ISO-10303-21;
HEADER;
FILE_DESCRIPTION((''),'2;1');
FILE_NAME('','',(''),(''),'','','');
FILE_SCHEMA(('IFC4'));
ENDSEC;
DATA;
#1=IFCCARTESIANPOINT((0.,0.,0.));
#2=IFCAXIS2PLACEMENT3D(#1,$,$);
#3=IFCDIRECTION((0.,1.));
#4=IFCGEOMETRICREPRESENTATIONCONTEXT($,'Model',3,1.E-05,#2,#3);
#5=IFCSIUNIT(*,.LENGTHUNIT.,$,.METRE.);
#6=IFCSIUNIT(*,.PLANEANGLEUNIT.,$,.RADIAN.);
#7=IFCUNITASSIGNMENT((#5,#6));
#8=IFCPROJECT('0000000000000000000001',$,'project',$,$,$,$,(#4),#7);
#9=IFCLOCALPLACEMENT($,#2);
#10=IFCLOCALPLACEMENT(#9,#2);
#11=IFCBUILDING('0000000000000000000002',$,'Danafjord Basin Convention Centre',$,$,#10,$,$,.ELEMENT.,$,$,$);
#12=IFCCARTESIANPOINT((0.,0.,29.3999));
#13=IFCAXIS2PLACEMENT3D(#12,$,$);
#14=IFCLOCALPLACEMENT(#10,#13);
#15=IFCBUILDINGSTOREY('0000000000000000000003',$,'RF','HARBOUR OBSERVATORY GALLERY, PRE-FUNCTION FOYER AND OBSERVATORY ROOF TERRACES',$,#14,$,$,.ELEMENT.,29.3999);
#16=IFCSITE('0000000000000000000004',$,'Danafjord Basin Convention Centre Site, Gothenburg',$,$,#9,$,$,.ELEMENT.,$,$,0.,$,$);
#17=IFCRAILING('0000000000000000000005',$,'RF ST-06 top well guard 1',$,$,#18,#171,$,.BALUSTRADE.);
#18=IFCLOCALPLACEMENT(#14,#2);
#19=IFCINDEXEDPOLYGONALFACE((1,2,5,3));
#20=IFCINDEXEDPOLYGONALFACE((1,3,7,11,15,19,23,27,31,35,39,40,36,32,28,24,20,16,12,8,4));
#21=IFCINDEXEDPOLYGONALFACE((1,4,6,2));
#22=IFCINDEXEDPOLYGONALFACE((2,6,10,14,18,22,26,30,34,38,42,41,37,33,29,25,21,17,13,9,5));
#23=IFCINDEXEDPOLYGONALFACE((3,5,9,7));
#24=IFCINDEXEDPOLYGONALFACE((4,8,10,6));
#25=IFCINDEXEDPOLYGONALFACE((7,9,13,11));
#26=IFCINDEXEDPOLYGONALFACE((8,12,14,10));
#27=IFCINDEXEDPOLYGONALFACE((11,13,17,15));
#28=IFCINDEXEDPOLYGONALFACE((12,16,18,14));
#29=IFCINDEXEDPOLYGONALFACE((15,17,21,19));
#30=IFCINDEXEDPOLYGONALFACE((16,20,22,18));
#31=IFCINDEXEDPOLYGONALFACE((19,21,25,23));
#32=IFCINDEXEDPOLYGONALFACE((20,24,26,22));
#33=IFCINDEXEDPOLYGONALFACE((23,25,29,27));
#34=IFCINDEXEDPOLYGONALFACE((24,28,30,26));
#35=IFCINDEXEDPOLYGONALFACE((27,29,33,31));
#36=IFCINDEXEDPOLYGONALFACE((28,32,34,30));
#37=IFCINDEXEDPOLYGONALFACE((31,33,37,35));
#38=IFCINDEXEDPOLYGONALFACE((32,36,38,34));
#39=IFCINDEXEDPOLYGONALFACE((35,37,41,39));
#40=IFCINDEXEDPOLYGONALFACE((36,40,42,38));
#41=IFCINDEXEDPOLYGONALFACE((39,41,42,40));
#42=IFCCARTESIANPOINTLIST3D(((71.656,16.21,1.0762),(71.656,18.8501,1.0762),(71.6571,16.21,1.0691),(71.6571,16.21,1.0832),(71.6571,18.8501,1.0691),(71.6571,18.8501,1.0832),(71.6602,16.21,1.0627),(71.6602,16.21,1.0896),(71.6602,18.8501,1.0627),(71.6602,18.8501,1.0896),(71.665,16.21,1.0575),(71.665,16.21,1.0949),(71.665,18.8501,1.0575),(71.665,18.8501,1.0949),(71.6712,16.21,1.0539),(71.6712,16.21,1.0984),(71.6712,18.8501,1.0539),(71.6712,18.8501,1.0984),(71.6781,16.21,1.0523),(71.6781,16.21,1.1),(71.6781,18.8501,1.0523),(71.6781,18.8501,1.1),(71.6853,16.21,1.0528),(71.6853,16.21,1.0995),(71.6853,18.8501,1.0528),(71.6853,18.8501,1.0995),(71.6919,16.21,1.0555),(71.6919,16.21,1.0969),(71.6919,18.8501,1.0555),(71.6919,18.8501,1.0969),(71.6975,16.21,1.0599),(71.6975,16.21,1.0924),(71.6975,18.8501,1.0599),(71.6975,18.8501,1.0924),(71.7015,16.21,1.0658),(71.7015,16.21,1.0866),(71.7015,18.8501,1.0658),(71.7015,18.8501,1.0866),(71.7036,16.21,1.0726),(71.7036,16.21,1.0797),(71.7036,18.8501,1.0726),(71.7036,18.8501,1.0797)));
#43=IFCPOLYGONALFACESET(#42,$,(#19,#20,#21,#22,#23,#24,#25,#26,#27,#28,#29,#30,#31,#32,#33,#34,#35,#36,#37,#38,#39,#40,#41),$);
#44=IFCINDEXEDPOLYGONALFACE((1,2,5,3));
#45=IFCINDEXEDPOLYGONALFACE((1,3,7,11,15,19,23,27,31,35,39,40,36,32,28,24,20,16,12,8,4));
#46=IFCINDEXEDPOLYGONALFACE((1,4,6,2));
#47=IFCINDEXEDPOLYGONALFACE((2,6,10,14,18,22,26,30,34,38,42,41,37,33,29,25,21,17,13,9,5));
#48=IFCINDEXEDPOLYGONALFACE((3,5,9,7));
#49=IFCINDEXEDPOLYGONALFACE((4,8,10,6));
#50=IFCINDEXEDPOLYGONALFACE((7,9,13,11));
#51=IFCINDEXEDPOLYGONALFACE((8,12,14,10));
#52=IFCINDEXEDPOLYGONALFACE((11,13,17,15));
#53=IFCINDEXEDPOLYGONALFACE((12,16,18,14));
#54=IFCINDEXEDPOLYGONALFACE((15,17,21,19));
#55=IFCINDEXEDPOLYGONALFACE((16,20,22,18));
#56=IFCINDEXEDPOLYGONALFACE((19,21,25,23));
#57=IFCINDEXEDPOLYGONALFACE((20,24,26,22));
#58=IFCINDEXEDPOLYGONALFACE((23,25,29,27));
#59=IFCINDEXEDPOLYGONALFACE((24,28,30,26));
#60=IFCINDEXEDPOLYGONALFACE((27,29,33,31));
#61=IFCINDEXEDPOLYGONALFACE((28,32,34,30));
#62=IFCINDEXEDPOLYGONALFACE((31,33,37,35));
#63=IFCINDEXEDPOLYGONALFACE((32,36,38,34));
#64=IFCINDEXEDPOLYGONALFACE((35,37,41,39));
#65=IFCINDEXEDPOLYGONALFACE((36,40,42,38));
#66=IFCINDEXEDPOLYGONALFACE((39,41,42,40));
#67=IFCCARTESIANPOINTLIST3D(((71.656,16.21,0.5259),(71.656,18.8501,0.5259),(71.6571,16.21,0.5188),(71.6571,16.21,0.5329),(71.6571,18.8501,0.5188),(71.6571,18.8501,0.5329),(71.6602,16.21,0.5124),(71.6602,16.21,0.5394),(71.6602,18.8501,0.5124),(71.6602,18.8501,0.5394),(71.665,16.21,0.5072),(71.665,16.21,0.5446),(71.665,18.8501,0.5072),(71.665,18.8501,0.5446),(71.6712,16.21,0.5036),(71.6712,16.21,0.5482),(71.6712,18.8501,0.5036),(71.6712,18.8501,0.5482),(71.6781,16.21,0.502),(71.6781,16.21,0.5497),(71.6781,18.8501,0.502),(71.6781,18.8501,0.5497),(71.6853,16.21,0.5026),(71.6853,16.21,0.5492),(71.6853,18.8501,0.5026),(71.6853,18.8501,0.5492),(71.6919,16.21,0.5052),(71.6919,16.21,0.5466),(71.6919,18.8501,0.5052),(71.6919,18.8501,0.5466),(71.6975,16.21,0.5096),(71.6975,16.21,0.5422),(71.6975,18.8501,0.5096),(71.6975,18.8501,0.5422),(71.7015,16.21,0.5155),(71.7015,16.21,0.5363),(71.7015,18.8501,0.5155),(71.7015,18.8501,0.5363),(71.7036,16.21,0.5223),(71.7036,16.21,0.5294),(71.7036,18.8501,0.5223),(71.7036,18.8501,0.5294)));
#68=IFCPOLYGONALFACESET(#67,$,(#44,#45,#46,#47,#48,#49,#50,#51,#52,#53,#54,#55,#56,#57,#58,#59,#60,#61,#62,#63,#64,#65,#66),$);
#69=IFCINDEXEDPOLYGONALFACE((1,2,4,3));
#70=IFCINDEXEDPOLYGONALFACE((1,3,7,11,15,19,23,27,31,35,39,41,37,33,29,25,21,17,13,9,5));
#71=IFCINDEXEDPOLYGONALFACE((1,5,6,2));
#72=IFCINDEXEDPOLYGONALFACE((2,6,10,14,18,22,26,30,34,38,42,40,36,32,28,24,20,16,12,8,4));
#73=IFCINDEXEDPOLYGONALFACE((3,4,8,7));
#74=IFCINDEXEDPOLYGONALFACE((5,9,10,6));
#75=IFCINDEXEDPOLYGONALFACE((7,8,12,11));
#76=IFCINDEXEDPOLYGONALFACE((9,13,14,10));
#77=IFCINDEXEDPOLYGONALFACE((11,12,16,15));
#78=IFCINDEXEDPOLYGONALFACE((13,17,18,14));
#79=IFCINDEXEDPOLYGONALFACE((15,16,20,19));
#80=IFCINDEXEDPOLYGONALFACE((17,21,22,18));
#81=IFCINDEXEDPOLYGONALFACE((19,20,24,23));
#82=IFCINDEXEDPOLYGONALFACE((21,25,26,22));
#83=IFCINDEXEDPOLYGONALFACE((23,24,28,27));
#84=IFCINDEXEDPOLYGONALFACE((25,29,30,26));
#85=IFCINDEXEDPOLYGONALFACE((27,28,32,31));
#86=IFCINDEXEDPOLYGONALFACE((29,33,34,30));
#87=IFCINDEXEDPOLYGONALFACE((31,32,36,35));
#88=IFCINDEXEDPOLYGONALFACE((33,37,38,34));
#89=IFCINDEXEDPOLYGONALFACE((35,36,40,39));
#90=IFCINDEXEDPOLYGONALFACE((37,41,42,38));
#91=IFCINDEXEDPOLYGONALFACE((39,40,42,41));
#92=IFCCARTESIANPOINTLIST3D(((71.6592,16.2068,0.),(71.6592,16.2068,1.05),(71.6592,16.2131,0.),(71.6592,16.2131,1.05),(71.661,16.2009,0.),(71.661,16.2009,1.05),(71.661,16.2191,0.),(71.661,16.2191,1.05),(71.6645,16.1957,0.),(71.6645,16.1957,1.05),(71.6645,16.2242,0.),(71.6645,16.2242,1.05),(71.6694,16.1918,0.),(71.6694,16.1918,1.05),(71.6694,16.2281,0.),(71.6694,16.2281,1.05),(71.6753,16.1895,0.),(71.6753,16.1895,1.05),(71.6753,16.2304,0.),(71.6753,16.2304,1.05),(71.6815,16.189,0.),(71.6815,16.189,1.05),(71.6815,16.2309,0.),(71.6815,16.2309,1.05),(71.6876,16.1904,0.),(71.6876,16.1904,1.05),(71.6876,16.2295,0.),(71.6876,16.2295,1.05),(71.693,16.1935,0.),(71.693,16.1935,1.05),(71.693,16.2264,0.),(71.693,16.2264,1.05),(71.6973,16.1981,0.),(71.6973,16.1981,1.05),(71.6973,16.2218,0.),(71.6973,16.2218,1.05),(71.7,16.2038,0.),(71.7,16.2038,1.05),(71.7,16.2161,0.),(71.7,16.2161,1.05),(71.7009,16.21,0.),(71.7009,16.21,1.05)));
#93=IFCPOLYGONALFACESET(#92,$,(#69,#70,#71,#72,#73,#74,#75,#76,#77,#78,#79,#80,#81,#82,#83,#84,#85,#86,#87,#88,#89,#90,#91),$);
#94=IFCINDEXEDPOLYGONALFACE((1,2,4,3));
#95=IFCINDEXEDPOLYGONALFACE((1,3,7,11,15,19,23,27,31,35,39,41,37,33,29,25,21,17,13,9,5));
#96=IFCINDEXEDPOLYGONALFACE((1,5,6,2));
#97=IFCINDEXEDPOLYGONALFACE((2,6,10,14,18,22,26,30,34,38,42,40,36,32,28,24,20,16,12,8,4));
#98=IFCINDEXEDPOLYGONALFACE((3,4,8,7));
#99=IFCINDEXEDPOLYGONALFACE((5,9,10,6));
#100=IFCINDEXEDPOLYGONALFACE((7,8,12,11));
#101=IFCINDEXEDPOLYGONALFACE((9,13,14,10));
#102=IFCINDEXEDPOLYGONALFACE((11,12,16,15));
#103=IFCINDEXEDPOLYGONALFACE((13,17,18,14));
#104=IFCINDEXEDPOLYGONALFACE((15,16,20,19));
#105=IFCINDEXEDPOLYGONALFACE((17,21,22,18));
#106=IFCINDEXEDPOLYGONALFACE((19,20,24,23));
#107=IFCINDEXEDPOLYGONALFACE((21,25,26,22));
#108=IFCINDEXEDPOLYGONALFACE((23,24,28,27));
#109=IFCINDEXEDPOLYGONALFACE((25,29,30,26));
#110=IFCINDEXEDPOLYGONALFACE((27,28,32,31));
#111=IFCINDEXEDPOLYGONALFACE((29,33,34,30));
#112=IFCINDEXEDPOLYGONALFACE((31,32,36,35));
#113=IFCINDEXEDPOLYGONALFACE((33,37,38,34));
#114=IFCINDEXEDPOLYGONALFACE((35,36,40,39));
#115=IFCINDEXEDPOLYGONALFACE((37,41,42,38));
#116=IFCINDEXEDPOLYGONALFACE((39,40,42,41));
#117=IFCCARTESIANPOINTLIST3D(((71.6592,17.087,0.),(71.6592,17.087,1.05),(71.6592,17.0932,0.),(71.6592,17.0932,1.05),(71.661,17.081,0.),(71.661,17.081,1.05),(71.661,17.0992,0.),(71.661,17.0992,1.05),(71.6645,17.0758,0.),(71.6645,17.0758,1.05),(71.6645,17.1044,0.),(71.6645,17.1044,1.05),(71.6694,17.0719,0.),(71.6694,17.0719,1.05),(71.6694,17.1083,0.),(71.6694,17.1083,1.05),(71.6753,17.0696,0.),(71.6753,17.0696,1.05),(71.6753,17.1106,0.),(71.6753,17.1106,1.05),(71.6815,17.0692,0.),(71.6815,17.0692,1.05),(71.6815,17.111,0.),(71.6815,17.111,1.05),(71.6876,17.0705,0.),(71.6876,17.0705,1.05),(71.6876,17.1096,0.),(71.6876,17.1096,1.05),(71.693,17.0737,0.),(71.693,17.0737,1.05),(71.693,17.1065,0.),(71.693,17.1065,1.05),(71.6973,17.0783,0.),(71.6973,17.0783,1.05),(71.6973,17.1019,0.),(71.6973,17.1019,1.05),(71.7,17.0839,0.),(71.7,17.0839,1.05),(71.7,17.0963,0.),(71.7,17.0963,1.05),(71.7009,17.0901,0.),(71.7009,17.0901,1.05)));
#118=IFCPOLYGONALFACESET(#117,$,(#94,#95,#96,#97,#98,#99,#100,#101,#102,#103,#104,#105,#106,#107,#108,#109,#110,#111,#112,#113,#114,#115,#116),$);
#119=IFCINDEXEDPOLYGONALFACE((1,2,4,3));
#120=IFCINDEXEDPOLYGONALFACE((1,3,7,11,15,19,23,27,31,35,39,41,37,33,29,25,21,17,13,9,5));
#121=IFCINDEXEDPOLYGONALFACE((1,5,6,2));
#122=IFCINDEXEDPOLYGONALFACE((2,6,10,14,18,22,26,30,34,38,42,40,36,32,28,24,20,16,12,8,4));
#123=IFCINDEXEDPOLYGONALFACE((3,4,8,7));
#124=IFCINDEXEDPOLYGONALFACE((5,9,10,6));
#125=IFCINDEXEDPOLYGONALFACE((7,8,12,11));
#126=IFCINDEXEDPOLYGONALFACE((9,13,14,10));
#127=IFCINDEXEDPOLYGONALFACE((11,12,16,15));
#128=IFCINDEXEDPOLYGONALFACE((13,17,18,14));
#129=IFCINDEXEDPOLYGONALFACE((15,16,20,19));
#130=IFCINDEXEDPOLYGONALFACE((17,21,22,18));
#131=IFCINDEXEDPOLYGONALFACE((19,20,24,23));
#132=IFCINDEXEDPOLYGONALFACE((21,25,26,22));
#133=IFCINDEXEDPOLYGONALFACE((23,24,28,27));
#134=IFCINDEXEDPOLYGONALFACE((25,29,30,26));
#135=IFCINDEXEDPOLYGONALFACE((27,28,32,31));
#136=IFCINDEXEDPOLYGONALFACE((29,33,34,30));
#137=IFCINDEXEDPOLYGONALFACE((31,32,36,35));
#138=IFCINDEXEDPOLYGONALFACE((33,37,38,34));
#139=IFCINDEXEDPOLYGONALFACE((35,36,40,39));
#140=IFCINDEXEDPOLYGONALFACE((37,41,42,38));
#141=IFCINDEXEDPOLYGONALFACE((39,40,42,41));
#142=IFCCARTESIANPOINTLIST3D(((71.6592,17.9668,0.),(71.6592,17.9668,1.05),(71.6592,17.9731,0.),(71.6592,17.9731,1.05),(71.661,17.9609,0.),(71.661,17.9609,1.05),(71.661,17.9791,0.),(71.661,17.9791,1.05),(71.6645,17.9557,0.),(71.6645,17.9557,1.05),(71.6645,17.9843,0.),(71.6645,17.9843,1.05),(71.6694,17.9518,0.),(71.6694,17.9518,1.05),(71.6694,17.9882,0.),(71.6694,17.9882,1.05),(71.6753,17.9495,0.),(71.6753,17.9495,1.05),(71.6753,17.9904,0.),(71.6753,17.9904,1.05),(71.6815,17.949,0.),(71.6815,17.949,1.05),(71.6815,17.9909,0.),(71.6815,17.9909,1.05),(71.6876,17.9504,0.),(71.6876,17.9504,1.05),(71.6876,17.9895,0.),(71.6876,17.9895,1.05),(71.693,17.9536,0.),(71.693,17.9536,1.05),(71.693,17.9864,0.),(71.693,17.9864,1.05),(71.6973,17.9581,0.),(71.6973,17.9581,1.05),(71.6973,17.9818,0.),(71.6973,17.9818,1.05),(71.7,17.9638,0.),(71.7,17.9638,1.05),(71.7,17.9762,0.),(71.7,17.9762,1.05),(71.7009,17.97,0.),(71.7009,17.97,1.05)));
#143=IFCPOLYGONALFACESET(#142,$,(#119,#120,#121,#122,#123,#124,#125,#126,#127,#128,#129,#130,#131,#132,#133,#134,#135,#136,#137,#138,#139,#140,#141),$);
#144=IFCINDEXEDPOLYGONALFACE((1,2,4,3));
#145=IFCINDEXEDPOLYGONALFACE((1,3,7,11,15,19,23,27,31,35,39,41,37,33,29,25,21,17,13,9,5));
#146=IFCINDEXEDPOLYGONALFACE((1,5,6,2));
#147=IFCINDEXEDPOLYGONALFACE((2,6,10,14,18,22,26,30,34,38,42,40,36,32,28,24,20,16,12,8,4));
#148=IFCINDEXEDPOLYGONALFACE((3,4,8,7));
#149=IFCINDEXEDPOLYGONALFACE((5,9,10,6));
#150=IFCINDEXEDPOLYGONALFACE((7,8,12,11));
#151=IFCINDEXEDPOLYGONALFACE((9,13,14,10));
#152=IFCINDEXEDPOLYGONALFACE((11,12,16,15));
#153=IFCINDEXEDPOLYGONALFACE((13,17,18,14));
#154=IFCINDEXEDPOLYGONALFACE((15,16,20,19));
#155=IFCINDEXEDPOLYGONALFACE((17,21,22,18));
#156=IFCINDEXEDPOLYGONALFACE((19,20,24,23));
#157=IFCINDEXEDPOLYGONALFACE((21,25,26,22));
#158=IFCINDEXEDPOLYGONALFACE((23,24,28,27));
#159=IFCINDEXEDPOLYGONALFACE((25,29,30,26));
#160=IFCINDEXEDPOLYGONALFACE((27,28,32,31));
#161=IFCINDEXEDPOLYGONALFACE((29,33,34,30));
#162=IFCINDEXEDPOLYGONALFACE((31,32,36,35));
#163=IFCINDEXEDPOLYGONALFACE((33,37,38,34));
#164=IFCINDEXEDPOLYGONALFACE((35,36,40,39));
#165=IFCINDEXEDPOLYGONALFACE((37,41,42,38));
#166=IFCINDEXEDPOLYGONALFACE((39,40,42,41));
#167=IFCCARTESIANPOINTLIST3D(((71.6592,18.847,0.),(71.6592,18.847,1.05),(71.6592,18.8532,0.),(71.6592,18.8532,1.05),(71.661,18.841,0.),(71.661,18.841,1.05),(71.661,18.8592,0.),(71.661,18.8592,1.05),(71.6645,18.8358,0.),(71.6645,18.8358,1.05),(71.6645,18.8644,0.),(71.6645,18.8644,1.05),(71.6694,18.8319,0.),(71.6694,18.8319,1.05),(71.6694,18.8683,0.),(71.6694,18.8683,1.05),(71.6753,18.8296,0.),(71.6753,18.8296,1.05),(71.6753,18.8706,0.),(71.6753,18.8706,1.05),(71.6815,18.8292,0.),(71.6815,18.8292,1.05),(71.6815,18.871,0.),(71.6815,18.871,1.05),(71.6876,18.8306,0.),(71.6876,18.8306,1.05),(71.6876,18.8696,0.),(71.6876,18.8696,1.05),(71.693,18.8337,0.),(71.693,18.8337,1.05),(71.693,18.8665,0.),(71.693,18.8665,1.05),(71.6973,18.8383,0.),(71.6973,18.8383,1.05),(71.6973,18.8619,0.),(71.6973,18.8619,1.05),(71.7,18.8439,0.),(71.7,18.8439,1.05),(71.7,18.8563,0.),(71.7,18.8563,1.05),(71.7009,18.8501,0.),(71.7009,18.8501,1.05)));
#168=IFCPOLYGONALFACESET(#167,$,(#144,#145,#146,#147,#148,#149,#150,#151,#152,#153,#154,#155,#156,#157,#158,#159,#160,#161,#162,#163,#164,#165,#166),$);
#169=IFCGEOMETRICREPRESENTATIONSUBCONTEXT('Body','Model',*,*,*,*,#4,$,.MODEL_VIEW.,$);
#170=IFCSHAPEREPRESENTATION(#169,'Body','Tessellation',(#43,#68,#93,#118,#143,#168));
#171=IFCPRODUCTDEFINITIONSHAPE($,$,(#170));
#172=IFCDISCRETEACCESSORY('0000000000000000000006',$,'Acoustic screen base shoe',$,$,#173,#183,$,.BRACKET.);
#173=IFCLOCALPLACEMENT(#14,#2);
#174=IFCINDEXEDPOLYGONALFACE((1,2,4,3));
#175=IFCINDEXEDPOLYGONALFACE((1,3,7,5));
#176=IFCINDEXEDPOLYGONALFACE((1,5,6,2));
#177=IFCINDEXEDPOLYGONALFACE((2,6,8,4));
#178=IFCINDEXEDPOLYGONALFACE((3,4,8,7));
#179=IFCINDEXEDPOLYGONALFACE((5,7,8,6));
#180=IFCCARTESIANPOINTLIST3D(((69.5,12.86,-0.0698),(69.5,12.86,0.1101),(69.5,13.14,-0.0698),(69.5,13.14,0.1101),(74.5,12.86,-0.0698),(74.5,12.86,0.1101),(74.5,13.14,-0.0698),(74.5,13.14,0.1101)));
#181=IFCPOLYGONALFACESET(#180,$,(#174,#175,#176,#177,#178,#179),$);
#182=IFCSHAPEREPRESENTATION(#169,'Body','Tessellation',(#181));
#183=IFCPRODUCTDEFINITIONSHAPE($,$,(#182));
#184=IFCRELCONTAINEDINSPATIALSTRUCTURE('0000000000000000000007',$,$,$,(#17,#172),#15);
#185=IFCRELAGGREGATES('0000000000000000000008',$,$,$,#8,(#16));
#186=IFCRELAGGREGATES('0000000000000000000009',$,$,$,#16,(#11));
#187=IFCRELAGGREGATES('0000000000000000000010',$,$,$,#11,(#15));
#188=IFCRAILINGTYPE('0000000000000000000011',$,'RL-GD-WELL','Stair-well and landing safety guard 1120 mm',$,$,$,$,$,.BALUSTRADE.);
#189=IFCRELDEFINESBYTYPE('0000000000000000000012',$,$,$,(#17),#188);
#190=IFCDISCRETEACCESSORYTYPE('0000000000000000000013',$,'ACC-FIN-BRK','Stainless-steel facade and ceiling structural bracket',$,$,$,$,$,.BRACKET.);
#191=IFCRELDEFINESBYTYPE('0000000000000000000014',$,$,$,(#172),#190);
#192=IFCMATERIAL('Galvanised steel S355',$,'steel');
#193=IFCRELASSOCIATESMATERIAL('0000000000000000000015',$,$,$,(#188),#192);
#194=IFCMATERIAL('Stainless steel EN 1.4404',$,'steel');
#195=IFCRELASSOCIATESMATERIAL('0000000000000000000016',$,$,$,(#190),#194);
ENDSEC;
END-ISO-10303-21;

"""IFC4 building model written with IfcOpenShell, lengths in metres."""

from ifc_helpers import new_model, si_unit, direction, frame, origin, origin_2d, place, context, subcontext, project, spatial, rectangle, circle, extrude, material, type_object, element, save


model = new_model("IFC4")

# Units and contexts
model_context = context("Model", 3, precision=1e-05, world=origin(), true_north=direction((0.0, 1.0)))
body_context = subcontext(model_context, "Body", "Model", "MODEL_VIEW")
ifc_project = project(units=[si_unit("LENGTHUNIT", "METRE"), si_unit("PLANEANGLEUNIT", "RADIAN")], contexts=[model_context])

# Site, building, storey
site_placement = place(None, origin())
site = spatial("IfcSite", under=ifc_project, at=site_placement, Name="Danafjord Basin Convention Centre Site, Gothenburg", CompositionType="ELEMENT", RefElevation=0.0)
building_placement = place(site_placement, origin())
building = spatial("IfcBuilding", under=site, at=building_placement, Name="Danafjord Basin Convention Centre", CompositionType="ELEMENT")
storey_placement = place(building_placement, frame((0.0, 0.0, 29.3999)))
storey = spatial("IfcBuildingStorey", under=building, at=storey_placement, Name="RF", Description="HARBOUR OBSERVATORY GALLERY, PRE-FUNCTION FOYER AND OBSERVATORY ROOF TERRACES", CompositionType="ELEMENT", Elevation=29.3999)

# Railing
ifc_material_1 = material(Name="Galvanised steel S355", Category="steel")
railing_type_1 = type_object("IfcRailingType", Name="RL-GD-WELL", Description="Stair-well and landing safety guard 1120 mm", PredefinedType="BALUSTRADE", material=ifc_material_1)
railing_1_placement = place(storey_placement, frame((71.6799, 16.21, 0.0)))
element("IfcRailing", 1, at=railing_1_placement, inside=storey, type_object=railing_type_1, Name="RF ST-06 top well guard 1", PredefinedType="BALUSTRADE", context=body_context, shape_type="SweptSolid", body=[
    extrude(circle(Radius=0.0239, at=origin_2d()), frame((0.0, 0.0, 1.0762), z_axis=(0.0, 1.0, 0.0), x_axis=(-1.0, 0.0, 0.0)), (0.0, 0.0, 1.0), 2.6401),
    extrude(circle(Radius=0.0239, at=origin_2d()), frame((0.0, 0.0, 0.5259), z_axis=(0.0, 1.0, 0.0), x_axis=(-1.0, 0.0, 0.0)), (0.0, 0.0, 1.0), 2.6401),
    extrude(circle(Radius=0.021, at=origin_2d()), origin(), (0.0, 0.0, 1.0), 1.05),
    extrude(circle(Radius=0.021, at=origin_2d()), frame((0.0, 0.8801, 0.0)), (0.0, 0.0, 1.0), 1.05),
    extrude(circle(Radius=0.021, at=origin_2d()), frame((0.0, 1.76, 0.0)), (0.0, 0.0, 1.0), 1.05),
    extrude(circle(Radius=0.021, at=origin_2d()), frame((0.0, 2.6401, 0.0)), (0.0, 0.0, 1.0), 1.05),
])

# Discrete accessory
ifc_material_2 = material(Name="Stainless steel EN 1.4404", Category="steel")
discrete_accessory_type = type_object("IfcDiscreteAccessoryType", Name="ACC-FIN-BRK", Description="Stainless-steel facade and ceiling structural bracket", PredefinedType="BRACKET", material=ifc_material_2)
discrete_accessory_placement = place(storey_placement, frame((72.0, 13.0, -0.0698), z_axis=(0.0, 0.0, 1.0), x_axis=(1.0, 0.0, 0.0)))
element("IfcDiscreteAccessory", 2, at=discrete_accessory_placement, inside=storey, type_object=discrete_accessory_type, Name="Acoustic screen base shoe", PredefinedType="BRACKET", context=body_context, shape_type="SweptSolid", body=[
    extrude(rectangle(XDim=5.0, YDim=0.28, at=origin_2d()), origin(), (0.0, 0.0, 1.0), 0.1799),
])

save(model, "model.ifc")
